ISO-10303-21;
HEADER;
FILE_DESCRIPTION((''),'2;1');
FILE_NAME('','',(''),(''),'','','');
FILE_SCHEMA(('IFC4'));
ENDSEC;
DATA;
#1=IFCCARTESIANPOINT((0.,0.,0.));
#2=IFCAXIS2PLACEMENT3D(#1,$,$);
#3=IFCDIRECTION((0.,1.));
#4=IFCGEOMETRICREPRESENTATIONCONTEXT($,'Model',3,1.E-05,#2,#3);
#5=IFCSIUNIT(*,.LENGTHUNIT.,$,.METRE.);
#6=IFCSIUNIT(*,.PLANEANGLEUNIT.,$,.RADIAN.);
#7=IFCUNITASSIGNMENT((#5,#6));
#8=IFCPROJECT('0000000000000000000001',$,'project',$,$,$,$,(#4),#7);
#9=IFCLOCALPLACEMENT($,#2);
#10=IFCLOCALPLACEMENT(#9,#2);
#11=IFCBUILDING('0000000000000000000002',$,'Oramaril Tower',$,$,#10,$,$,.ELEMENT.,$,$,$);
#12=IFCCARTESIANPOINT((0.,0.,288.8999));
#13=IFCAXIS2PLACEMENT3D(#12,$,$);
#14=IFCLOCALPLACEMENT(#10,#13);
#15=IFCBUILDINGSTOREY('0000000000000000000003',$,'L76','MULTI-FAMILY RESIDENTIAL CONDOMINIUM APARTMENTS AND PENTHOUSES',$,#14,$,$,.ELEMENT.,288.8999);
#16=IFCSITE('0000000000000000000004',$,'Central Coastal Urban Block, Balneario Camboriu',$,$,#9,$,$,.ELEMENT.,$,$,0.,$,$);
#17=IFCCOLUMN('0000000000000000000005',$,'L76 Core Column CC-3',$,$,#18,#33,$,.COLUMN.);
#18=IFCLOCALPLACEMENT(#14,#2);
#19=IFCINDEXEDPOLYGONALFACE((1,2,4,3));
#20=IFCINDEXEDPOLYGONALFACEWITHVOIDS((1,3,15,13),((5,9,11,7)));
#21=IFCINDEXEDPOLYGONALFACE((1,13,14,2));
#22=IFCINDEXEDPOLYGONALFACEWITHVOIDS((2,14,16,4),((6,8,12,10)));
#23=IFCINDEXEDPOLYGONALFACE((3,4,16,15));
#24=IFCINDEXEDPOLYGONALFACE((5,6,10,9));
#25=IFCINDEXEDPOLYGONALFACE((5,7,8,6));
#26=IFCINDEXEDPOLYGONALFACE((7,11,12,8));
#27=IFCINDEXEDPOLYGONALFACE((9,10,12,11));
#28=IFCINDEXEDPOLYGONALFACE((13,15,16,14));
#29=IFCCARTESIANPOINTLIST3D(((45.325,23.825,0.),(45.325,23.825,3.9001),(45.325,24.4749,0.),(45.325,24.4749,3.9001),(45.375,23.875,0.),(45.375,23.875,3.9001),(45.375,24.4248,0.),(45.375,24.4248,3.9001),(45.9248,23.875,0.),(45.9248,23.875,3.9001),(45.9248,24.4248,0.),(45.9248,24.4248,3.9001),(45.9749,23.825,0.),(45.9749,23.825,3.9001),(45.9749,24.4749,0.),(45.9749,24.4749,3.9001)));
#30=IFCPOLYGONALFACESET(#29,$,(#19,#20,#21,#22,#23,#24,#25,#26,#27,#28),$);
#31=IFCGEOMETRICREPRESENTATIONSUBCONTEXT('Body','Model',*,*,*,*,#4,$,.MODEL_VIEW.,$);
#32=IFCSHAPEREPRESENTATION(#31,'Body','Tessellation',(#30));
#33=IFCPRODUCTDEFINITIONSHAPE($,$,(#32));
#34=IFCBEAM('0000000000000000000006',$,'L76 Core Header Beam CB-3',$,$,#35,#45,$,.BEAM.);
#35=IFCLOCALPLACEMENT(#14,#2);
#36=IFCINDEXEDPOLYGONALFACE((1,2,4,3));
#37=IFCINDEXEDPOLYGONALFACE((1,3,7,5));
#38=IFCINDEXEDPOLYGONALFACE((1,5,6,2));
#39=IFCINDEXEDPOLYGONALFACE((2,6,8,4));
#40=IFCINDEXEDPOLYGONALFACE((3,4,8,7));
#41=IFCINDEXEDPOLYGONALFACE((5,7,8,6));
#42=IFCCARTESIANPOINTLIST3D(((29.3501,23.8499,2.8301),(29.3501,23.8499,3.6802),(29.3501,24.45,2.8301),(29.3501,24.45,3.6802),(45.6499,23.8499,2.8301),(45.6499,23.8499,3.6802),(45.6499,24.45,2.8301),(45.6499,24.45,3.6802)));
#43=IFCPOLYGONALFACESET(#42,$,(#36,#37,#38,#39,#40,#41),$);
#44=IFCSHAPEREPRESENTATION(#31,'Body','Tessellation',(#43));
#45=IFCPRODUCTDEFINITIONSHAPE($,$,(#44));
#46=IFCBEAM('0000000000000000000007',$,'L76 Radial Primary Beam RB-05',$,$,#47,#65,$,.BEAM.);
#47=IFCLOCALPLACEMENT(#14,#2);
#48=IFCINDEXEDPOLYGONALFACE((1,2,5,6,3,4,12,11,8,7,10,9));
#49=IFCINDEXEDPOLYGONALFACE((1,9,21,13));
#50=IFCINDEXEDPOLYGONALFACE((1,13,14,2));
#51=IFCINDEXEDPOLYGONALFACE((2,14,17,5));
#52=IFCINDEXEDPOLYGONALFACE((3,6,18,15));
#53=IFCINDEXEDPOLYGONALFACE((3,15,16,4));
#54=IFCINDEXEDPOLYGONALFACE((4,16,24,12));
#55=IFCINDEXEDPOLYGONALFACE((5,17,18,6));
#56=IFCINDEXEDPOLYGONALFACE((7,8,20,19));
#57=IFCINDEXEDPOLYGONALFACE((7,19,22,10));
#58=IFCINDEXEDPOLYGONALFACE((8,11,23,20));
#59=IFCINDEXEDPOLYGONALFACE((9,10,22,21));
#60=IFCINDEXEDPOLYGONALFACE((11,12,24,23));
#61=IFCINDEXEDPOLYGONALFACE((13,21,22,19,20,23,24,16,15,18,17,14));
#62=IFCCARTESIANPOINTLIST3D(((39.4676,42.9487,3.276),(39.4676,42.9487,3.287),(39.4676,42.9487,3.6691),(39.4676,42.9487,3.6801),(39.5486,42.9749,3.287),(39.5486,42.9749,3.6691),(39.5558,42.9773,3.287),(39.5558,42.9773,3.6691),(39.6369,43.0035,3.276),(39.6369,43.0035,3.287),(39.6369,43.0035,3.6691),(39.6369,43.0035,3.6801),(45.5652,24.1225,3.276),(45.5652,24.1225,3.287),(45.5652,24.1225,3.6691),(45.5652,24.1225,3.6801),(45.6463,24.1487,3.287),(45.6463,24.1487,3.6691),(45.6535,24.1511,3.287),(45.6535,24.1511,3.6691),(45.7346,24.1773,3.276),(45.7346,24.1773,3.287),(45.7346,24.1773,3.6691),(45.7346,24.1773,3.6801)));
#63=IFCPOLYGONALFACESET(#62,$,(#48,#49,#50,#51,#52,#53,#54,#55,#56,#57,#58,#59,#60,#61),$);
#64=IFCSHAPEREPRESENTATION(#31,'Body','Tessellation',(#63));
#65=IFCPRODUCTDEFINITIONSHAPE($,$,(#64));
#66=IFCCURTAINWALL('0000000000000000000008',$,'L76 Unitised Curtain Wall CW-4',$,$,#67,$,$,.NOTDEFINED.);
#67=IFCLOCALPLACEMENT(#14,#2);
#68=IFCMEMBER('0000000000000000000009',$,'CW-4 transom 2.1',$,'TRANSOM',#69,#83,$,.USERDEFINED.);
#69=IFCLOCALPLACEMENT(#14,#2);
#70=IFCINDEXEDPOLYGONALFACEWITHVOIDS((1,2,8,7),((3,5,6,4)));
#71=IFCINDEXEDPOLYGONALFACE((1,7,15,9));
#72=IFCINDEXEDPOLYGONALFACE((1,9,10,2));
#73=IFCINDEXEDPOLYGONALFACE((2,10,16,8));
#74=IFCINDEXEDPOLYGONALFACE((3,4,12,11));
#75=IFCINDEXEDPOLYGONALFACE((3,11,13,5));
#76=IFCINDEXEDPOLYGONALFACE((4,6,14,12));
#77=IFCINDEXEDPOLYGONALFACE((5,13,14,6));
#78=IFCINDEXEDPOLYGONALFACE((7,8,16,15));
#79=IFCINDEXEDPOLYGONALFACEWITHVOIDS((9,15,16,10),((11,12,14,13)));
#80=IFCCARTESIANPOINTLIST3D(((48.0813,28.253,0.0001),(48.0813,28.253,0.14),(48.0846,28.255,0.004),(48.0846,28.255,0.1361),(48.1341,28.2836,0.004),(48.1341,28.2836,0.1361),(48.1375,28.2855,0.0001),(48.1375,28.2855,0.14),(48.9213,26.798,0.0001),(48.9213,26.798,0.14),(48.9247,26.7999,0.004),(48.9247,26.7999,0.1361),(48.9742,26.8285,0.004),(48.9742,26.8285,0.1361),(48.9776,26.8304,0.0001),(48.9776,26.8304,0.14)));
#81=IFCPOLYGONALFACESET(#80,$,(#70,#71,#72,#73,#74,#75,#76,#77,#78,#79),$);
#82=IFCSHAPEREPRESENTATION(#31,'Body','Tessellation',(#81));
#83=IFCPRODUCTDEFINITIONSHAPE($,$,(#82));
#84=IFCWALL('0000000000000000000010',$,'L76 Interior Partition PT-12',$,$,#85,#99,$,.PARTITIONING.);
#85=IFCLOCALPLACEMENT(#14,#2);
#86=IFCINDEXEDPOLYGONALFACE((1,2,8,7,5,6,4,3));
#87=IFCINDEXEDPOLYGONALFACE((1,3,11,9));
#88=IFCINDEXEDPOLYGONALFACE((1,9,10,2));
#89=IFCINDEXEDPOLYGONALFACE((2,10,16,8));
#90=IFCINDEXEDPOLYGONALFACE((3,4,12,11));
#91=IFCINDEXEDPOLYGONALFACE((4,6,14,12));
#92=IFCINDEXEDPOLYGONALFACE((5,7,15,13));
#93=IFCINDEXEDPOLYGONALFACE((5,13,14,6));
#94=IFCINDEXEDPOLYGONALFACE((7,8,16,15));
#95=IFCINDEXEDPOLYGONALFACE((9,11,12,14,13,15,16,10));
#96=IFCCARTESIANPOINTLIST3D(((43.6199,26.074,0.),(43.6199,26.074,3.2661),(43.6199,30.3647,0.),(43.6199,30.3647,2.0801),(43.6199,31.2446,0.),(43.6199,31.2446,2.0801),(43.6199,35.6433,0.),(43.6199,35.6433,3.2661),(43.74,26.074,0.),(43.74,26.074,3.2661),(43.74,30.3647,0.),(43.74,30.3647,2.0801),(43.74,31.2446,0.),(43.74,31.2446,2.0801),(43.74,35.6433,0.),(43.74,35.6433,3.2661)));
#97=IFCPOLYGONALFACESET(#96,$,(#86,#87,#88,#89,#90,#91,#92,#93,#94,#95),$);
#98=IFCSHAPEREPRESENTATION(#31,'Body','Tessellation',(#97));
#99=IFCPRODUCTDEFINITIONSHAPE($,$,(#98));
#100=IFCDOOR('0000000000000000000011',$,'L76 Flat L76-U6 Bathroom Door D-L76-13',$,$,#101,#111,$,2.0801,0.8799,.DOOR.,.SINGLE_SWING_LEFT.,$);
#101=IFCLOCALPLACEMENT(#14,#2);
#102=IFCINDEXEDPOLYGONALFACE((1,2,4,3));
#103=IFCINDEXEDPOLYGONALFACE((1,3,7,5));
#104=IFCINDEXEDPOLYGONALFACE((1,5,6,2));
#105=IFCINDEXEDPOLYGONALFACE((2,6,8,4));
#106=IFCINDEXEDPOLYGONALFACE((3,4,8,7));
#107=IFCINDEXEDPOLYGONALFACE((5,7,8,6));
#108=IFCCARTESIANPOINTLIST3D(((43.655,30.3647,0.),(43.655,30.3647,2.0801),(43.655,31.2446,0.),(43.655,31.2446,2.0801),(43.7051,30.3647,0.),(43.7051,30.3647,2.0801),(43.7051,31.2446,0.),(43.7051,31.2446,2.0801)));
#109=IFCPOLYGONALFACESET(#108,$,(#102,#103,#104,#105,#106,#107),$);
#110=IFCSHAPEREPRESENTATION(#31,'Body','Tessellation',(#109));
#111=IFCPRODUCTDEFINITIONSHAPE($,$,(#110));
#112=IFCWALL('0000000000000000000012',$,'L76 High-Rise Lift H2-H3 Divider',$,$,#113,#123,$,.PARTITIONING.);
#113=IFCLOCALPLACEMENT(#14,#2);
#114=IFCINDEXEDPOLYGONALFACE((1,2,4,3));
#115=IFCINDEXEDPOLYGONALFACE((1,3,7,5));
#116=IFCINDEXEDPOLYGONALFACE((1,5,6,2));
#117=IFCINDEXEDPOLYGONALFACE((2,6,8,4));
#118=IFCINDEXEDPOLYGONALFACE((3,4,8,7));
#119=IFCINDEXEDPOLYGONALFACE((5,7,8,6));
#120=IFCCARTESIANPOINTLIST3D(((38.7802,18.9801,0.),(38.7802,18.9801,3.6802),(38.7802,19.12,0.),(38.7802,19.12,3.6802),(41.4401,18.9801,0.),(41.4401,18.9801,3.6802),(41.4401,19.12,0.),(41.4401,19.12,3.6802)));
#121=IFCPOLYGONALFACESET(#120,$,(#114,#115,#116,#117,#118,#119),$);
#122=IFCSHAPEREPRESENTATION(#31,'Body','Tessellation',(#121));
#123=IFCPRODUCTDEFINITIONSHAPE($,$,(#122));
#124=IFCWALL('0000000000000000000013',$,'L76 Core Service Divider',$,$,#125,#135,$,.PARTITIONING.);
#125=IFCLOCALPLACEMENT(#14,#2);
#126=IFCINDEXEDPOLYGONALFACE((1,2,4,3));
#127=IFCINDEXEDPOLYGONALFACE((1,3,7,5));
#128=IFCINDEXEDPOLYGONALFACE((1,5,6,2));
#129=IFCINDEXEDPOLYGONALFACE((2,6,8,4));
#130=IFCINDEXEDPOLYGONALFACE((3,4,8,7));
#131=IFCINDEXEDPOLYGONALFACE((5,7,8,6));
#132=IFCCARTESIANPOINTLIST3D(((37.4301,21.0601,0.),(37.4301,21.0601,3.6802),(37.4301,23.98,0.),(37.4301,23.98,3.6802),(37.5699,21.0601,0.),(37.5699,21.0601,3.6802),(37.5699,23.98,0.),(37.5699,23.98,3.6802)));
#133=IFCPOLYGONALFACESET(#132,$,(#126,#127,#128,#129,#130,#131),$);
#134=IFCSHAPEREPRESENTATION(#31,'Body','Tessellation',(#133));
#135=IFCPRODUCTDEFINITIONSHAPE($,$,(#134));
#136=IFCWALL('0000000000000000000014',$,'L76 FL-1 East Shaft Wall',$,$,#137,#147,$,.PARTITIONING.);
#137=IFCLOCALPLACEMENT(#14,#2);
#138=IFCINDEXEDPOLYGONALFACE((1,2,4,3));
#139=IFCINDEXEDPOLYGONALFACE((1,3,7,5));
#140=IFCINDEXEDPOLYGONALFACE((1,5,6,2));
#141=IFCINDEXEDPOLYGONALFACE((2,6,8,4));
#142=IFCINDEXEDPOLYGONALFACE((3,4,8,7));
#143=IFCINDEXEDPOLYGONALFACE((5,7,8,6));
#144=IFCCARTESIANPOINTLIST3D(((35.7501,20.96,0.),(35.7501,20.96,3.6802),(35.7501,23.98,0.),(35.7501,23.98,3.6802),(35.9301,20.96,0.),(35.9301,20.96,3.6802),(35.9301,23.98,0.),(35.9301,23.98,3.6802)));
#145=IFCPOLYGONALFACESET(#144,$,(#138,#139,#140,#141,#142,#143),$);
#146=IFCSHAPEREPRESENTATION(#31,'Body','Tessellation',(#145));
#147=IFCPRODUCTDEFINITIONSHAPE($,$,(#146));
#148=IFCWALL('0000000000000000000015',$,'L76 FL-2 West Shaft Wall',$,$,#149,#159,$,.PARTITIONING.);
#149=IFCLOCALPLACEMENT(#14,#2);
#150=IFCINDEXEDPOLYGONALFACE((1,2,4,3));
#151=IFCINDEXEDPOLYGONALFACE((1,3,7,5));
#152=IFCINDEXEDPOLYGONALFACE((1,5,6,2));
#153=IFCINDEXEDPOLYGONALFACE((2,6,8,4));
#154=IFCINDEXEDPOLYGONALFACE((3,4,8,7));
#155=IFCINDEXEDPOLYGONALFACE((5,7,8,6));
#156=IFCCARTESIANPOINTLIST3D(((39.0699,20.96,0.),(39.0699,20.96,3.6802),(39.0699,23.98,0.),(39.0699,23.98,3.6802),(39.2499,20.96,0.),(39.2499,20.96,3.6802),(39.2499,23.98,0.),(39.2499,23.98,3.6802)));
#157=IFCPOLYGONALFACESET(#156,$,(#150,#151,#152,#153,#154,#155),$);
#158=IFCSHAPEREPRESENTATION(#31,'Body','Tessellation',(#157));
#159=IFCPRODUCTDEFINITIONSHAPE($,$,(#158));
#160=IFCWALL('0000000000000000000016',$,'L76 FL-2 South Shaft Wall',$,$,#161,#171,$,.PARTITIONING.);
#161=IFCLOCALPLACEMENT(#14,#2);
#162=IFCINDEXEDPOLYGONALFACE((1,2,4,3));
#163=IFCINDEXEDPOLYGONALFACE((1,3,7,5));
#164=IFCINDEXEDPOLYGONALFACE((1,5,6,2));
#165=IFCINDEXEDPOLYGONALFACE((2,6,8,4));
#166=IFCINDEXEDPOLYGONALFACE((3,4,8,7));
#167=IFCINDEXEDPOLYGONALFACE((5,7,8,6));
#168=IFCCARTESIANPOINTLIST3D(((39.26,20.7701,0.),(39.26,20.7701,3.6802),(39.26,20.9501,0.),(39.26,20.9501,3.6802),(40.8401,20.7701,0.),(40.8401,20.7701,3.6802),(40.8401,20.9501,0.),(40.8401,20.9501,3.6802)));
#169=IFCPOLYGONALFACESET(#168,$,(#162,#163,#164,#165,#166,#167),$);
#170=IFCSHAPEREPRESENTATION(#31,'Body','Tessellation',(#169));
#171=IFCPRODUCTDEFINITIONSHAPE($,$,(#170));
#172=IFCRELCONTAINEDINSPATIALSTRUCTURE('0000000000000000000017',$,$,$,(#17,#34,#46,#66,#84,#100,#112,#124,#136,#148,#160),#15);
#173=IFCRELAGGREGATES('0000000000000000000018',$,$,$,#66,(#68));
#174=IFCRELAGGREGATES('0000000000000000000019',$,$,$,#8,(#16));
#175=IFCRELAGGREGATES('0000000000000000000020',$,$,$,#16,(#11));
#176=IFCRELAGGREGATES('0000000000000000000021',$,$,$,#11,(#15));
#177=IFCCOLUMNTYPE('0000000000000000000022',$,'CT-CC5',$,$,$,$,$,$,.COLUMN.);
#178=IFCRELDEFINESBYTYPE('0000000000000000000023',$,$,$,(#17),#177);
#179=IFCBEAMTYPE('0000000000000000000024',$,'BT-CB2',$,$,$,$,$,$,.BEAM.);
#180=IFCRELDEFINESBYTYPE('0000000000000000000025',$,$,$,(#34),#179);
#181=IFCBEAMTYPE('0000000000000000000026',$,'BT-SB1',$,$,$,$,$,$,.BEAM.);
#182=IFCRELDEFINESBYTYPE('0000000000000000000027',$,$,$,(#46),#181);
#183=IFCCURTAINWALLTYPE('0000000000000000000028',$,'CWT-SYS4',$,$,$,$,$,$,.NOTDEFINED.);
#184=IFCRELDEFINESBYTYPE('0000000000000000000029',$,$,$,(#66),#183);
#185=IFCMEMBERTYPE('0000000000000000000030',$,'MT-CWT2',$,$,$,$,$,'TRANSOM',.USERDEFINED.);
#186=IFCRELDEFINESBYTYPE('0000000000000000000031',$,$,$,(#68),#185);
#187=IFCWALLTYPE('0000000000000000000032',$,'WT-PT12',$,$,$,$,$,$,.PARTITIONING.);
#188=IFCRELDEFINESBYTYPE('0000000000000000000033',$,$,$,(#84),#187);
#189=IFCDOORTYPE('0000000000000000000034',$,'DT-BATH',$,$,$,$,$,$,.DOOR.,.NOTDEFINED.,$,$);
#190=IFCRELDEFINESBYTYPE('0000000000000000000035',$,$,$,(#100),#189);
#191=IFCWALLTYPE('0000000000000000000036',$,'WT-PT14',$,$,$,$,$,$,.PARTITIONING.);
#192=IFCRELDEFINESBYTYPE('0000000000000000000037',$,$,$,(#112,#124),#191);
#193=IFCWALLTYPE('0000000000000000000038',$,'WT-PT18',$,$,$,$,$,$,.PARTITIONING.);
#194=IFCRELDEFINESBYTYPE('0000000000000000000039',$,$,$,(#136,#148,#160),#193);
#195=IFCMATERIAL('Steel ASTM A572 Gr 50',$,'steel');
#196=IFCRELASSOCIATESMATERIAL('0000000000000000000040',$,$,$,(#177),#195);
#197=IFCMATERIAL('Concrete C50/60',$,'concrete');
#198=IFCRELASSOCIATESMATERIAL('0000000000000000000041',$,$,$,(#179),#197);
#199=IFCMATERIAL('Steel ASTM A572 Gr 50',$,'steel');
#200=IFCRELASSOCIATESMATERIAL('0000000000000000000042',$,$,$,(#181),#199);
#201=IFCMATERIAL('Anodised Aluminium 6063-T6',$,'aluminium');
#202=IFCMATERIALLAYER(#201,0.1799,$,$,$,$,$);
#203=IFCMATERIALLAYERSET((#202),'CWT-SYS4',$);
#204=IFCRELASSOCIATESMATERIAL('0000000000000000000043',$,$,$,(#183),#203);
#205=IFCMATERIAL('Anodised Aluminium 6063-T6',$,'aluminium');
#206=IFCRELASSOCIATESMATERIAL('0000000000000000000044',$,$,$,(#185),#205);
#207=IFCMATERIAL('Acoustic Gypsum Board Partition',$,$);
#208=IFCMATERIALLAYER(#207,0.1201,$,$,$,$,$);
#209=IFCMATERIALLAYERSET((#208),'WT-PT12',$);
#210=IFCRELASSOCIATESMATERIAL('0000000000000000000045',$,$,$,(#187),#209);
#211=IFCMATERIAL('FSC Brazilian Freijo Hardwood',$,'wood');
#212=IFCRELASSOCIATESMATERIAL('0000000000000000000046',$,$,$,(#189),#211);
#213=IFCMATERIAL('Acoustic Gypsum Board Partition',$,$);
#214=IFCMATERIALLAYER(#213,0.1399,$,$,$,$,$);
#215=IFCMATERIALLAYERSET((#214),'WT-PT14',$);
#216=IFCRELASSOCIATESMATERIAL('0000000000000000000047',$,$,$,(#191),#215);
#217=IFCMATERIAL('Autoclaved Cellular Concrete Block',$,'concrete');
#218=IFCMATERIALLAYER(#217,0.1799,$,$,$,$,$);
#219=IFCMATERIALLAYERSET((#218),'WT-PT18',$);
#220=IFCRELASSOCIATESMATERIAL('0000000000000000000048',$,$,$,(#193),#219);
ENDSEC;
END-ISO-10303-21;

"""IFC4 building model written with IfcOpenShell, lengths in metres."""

from ifc_helpers import new_model, si_unit, direction, frame, frame_2d, origin, origin_2d, place, context, subcontext, project, spatial, rectangle, hollow_rectangle, i_section, extrude, material, layer, layer_set, material_profile, profile_set, type_object, element, fill, aggregate, save


model = new_model("IFC4")

# Units and contexts
model_context = context("Model", 3, precision=1e-05, world=origin(), true_north=direction((0.0, 1.0)))
body_context = subcontext(model_context, "Body", "Model", "MODEL_VIEW")
ifc_project = project(units=[si_unit("LENGTHUNIT", "METRE"), si_unit("PLANEANGLEUNIT", "RADIAN")], contexts=[model_context])

# Site, building, storey
site_placement = place(None, origin())
site = spatial("IfcSite", under=ifc_project, at=site_placement, Name="Central Coastal Urban Block, Balneario Camboriu", CompositionType="ELEMENT", RefElevation=0.0)
building_placement = place(site_placement, origin())
building = spatial("IfcBuilding", under=site, at=building_placement, Name="Oramaril Tower", CompositionType="ELEMENT")
storey_placement = place(building_placement, frame((0.0, 0.0, 288.8999)))
storey = spatial("IfcBuildingStorey", under=building, at=storey_placement, Name="L76", Description="MULTI-FAMILY RESIDENTIAL CONDOMINIUM APARTMENTS AND PENTHOUSES", CompositionType="ELEMENT", Elevation=288.8999)

# Column
ifc_material_1 = material(Name="Steel ASTM A572 Gr 50", Category="steel")
ifc_material_profile_1 = material_profile(ifc_material_1, hollow_rectangle(XDim=0.6499, YDim=0.6499, WallThickness=0.05, at=origin_2d()), Name="BOX650X650X50")
ifc_profile_set_1 = profile_set([ifc_material_profile_1], Name="Steel ASTM A572 Gr 50")
column_type = type_object("IfcColumnType", Name="CT-CC5", PredefinedType="COLUMN", material=ifc_profile_set_1)
column_placement = place(storey_placement, frame((45.6499, 24.1499, 0.0), z_axis=(0.0, 0.0, 1.0), x_axis=(1.0, 0.0, 0.0)))
element("IfcColumn", 1, at=column_placement, inside=storey, type_object=column_type, Name="L76 Core Column CC-3", PredefinedType="COLUMN", context=body_context, shape_type="SweptSolid", body=[
    extrude(hollow_rectangle(XDim=0.6499, YDim=0.6499, WallThickness=0.05, at=origin_2d()), origin(), (0.0, 0.0, 1.0), 3.9001),
])

# Beams
ifc_material_2 = material(Name="Concrete C50/60", Category="concrete")
ifc_material_profile_2 = material_profile(ifc_material_2, rectangle(XDim=0.6001, YDim=0.8501, at=origin_2d()), Name="CB600X850")
ifc_profile_set_2 = profile_set([ifc_material_profile_2], Name="Concrete C50/60")
beam_type_1 = type_object("IfcBeamType", Name="BT-CB2", PredefinedType="BEAM", material=ifc_profile_set_2)
beam_1_placement = place(storey_placement, frame((45.6499, 24.1499, 3.2551), z_axis=(-1.0, 0.0, 0.0), x_axis=(0.0, -1.0, 0.0)))
element("IfcBeam", 2, at=beam_1_placement, inside=storey, type_object=beam_type_1, Name="L76 Core Header Beam CB-3", PredefinedType="BEAM", context=body_context, shape_type="SweptSolid", body=[
    extrude(rectangle(XDim=0.6001, YDim=0.8501, at=origin_2d()), origin(), (0.0, 0.0, 1.0), 16.2998),
])
ifc_material_3 = material(Name="Steel ASTM A572 Gr 50", Category="steel")
ifc_material_profile_3 = material_profile(ifc_material_3, i_section(OverallWidth=0.178, OverallDepth=0.4041, WebThickness=0.0076, FlangeThickness=0.011, at=origin_2d()), Name="W16X36")
ifc_profile_set_3 = profile_set([ifc_material_profile_3], Name="Steel ASTM A572 Gr 50")
beam_type_2 = type_object("IfcBeamType", Name="BT-SB1", PredefinedType="BEAM", material=ifc_profile_set_3)
beam_2_placement = place(storey_placement, frame((45.6499, 24.1499, 3.478), z_axis=(-0.308133, 0.951343, 0.0), x_axis=(-0.951343, -0.308133, 0.0)))
element("IfcBeam", 3, at=beam_2_placement, inside=storey, type_object=beam_type_2, Name="L76 Radial Primary Beam RB-05", PredefinedType="BEAM", context=body_context, shape_type="SweptSolid", body=[
    extrude(i_section(OverallWidth=0.178, OverallDepth=0.4041, WebThickness=0.0076, FlangeThickness=0.011, at=origin_2d()), origin(), (0.0, 0.0, 1.0), 19.7891),
])

# Curtain wall, member
ifc_material_4 = material(Name="Anodised Aluminium 6063-T6", Category="aluminium")
ifc_layer_1 = layer(ifc_material_4, 0.1799)
ifc_layer_set_1 = layer_set([ifc_layer_1], Name="CWT-SYS4")
curtain_wall_type = type_object("IfcCurtainWallType", Name="CWT-SYS4", PredefinedType="NOTDEFINED", material=ifc_layer_set_1)
curtain_wall_placement = place(storey_placement, origin())
curtain_wall = element("IfcCurtainWall", 4, at=curtain_wall_placement, inside=storey, type_object=curtain_wall_type, Name="L76 Unitised Curtain Wall CW-4", PredefinedType="NOTDEFINED")
ifc_material_5 = material(Name="Anodised Aluminium 6063-T6", Category="aluminium")
ifc_material_profile_4 = material_profile(ifc_material_5, hollow_rectangle(XDim=0.0649, YDim=0.1399, WallThickness=0.0039, at=origin_2d()), Name="CWT140X65")
ifc_profile_set_4 = profile_set([ifc_material_profile_4], Name="Anodised Aluminium 6063-T6")
member_type = type_object("IfcMemberType", Name="MT-CWT2", ElementType="TRANSOM", PredefinedType="USERDEFINED", material=ifc_profile_set_4)
member_placement = place(storey_placement, frame((48.9495, 26.8142, 0.0701), z_axis=(-0.499999, 0.866026, 0.0), x_axis=(-0.866026, -0.499999, 0.0)))
member = element("IfcMember", 5, at=member_placement, type_object=member_type, Name="CW-4 transom 2.1", ObjectType="TRANSOM", PredefinedType="USERDEFINED", context=body_context, shape_type="SweptSolid", body=[
    extrude(hollow_rectangle(XDim=0.0649, YDim=0.1399, WallThickness=0.0039, at=origin_2d()), origin(), (0.0, 0.0, 1.0), 1.6802),
])
aggregate(curtain_wall, [member])

# Wall, opening, door
ifc_material_6 = material(Name="Acoustic Gypsum Board Partition")
ifc_layer_2 = layer(ifc_material_6, 0.1201)
ifc_layer_set_2 = layer_set([ifc_layer_2], Name="WT-PT12")
wall_type_1 = type_object("IfcWallType", Name="WT-PT12", PredefinedType="PARTITIONING", material=ifc_layer_set_2)
wall_1_placement = place(storey_placement, frame((43.6799, 26.074, 0.0), z_axis=(0.0, 0.0, 1.0), x_axis=(0.0, 1.0, 0.0)))
wall_1 = element("IfcWall", 6, at=wall_1_placement, inside=storey, type_object=wall_type_1, Name="L76 Interior Partition PT-12", PredefinedType="PARTITIONING", context=body_context, shape_type="SweptSolid", body=[
    extrude(rectangle(XDim=9.5693, YDim=0.1201, at=frame_2d((4.7847, 0.0))), origin(), (0.0, 0.0, 1.0), 3.2661),
])
opening_1_placement = place(wall_1_placement, frame((4.2908, 0.0, 0.0)))
opening_1 = element("IfcOpeningElement", 7, at=opening_1_placement, cuts=wall_1, PredefinedType="OPENING", context=body_context, shape_type="SweptSolid", body=[
    extrude(rectangle(XDim=0.8799, YDim=2.0801, at=frame_2d((0.4399, 1.04))), frame((0.0, 0.0601, 0.0), z_axis=(0.0, -1.0, 0.0), x_axis=(1.0, 0.0, 0.0)), (0.0, 0.0, 1.0), 0.1201),
])
ifc_material_7 = material(Name="FSC Brazilian Freijo Hardwood", Category="wood")
door_type_1 = type_object("IfcDoorType", Name="DT-BATH", OperationType="NOTDEFINED", PredefinedType="DOOR", material=ifc_material_7)
door_1_placement = place(opening_1_placement, origin())
door_1 = element("IfcDoor", 8, at=door_1_placement, inside=storey, type_object=door_type_1, Name="L76 Flat L76-U6 Bathroom Door D-L76-13", OperationType="SINGLE_SWING_LEFT", OverallHeight=2.0801, OverallWidth=0.8799, PredefinedType="DOOR", context=body_context, shape_type="SweptSolid", body=[
    extrude(rectangle(XDim=0.8799, YDim=2.0801, at=frame_2d((0.4399, 1.04))), frame((0.0, 0.0249, 0.0), z_axis=(0.0, -1.0, 0.0), x_axis=(1.0, 0.0, 0.0)), (0.0, 0.0, 1.0), 0.05),
])
fill(opening_1, door_1)

# Walls
ifc_material_8 = material(Name="Acoustic Gypsum Board Partition")
ifc_layer_3 = layer(ifc_material_8, 0.1399)
ifc_layer_set_3 = layer_set([ifc_layer_3], Name="WT-PT14")
wall_type_2 = type_object("IfcWallType", Name="WT-PT14", PredefinedType="PARTITIONING", material=ifc_layer_set_3)
wall_2_placement = place(storey_placement, frame((38.78, 19.05, 0.0), z_axis=(0.0, 0.0, 1.0), x_axis=(1.0, 0.0, 0.0)))
element("IfcWall", 9, at=wall_2_placement, inside=storey, type_object=wall_type_2, Name="L76 High-Rise Lift H2-H3 Divider", PredefinedType="PARTITIONING", context=body_context, shape_type="SweptSolid", body=[
    extrude(rectangle(XDim=2.6599, YDim=0.1399, at=frame_2d((1.3301, 0.0))), origin(), (0.0, 0.0, 1.0), 3.6802),
])
wall_3_placement = place(storey_placement, frame((37.5, 21.0601, 0.0), z_axis=(0.0, 0.0, 1.0), x_axis=(0.0, 1.0, 0.0)))
element("IfcWall", 10, at=wall_3_placement, inside=storey, type_object=wall_type_2, Name="L76 Core Service Divider", PredefinedType="PARTITIONING", context=body_context, shape_type="SweptSolid", body=[
    extrude(rectangle(XDim=2.9199, YDim=0.1399, at=frame_2d((1.46, 0.0))), origin(), (0.0, 0.0, 1.0), 3.6802),
])
ifc_material_9 = material(Name="Autoclaved Cellular Concrete Block", Category="concrete")
ifc_layer_4 = layer(ifc_material_9, 0.1799)
ifc_layer_set_4 = layer_set([ifc_layer_4], Name="WT-PT18")
wall_type_3 = type_object("IfcWallType", Name="WT-PT18", PredefinedType="PARTITIONING", material=ifc_layer_set_4)
for number, where, z_axis, x_axis, name in (
    (11, (35.8401, 20.96, 0.0), (0.0, 0.0, 1.0), (0.0, 1.0, 0.0), "L76 FL-1 East Shaft Wall"),
    (12, (39.1599, 20.96, 0.0), (0.0, 0.0, 1.0), (0.0, 1.0, 0.0), "L76 FL-2 West Shaft Wall"),
):
    element("IfcWall", number, at=place(storey_placement, frame(where, z_axis=z_axis, x_axis=x_axis)), inside=storey, type_object=wall_type_3, Name=name, PredefinedType="PARTITIONING", context=body_context, shape_type="SweptSolid", body=[
        extrude(rectangle(XDim=3.02, YDim=0.1799, at=frame_2d((1.51, 0.0))), origin(), (0.0, 0.0, 1.0), 3.6802),
    ])
wall_4_placement = place(storey_placement, frame((39.26, 20.8601, 0.0), z_axis=(0.0, 0.0, 1.0), x_axis=(1.0, 0.0, 0.0)))
element("IfcWall", 13, at=wall_4_placement, inside=storey, type_object=wall_type_3, Name="L76 FL-2 South Shaft Wall", PredefinedType="PARTITIONING", context=body_context, shape_type="SweptSolid", body=[
    extrude(rectangle(XDim=1.5801, YDim=0.1799, at=frame_2d((0.79, 0.0))), origin(), (0.0, 0.0, 1.0), 3.6802),
])

save(model, "model.ifc")
